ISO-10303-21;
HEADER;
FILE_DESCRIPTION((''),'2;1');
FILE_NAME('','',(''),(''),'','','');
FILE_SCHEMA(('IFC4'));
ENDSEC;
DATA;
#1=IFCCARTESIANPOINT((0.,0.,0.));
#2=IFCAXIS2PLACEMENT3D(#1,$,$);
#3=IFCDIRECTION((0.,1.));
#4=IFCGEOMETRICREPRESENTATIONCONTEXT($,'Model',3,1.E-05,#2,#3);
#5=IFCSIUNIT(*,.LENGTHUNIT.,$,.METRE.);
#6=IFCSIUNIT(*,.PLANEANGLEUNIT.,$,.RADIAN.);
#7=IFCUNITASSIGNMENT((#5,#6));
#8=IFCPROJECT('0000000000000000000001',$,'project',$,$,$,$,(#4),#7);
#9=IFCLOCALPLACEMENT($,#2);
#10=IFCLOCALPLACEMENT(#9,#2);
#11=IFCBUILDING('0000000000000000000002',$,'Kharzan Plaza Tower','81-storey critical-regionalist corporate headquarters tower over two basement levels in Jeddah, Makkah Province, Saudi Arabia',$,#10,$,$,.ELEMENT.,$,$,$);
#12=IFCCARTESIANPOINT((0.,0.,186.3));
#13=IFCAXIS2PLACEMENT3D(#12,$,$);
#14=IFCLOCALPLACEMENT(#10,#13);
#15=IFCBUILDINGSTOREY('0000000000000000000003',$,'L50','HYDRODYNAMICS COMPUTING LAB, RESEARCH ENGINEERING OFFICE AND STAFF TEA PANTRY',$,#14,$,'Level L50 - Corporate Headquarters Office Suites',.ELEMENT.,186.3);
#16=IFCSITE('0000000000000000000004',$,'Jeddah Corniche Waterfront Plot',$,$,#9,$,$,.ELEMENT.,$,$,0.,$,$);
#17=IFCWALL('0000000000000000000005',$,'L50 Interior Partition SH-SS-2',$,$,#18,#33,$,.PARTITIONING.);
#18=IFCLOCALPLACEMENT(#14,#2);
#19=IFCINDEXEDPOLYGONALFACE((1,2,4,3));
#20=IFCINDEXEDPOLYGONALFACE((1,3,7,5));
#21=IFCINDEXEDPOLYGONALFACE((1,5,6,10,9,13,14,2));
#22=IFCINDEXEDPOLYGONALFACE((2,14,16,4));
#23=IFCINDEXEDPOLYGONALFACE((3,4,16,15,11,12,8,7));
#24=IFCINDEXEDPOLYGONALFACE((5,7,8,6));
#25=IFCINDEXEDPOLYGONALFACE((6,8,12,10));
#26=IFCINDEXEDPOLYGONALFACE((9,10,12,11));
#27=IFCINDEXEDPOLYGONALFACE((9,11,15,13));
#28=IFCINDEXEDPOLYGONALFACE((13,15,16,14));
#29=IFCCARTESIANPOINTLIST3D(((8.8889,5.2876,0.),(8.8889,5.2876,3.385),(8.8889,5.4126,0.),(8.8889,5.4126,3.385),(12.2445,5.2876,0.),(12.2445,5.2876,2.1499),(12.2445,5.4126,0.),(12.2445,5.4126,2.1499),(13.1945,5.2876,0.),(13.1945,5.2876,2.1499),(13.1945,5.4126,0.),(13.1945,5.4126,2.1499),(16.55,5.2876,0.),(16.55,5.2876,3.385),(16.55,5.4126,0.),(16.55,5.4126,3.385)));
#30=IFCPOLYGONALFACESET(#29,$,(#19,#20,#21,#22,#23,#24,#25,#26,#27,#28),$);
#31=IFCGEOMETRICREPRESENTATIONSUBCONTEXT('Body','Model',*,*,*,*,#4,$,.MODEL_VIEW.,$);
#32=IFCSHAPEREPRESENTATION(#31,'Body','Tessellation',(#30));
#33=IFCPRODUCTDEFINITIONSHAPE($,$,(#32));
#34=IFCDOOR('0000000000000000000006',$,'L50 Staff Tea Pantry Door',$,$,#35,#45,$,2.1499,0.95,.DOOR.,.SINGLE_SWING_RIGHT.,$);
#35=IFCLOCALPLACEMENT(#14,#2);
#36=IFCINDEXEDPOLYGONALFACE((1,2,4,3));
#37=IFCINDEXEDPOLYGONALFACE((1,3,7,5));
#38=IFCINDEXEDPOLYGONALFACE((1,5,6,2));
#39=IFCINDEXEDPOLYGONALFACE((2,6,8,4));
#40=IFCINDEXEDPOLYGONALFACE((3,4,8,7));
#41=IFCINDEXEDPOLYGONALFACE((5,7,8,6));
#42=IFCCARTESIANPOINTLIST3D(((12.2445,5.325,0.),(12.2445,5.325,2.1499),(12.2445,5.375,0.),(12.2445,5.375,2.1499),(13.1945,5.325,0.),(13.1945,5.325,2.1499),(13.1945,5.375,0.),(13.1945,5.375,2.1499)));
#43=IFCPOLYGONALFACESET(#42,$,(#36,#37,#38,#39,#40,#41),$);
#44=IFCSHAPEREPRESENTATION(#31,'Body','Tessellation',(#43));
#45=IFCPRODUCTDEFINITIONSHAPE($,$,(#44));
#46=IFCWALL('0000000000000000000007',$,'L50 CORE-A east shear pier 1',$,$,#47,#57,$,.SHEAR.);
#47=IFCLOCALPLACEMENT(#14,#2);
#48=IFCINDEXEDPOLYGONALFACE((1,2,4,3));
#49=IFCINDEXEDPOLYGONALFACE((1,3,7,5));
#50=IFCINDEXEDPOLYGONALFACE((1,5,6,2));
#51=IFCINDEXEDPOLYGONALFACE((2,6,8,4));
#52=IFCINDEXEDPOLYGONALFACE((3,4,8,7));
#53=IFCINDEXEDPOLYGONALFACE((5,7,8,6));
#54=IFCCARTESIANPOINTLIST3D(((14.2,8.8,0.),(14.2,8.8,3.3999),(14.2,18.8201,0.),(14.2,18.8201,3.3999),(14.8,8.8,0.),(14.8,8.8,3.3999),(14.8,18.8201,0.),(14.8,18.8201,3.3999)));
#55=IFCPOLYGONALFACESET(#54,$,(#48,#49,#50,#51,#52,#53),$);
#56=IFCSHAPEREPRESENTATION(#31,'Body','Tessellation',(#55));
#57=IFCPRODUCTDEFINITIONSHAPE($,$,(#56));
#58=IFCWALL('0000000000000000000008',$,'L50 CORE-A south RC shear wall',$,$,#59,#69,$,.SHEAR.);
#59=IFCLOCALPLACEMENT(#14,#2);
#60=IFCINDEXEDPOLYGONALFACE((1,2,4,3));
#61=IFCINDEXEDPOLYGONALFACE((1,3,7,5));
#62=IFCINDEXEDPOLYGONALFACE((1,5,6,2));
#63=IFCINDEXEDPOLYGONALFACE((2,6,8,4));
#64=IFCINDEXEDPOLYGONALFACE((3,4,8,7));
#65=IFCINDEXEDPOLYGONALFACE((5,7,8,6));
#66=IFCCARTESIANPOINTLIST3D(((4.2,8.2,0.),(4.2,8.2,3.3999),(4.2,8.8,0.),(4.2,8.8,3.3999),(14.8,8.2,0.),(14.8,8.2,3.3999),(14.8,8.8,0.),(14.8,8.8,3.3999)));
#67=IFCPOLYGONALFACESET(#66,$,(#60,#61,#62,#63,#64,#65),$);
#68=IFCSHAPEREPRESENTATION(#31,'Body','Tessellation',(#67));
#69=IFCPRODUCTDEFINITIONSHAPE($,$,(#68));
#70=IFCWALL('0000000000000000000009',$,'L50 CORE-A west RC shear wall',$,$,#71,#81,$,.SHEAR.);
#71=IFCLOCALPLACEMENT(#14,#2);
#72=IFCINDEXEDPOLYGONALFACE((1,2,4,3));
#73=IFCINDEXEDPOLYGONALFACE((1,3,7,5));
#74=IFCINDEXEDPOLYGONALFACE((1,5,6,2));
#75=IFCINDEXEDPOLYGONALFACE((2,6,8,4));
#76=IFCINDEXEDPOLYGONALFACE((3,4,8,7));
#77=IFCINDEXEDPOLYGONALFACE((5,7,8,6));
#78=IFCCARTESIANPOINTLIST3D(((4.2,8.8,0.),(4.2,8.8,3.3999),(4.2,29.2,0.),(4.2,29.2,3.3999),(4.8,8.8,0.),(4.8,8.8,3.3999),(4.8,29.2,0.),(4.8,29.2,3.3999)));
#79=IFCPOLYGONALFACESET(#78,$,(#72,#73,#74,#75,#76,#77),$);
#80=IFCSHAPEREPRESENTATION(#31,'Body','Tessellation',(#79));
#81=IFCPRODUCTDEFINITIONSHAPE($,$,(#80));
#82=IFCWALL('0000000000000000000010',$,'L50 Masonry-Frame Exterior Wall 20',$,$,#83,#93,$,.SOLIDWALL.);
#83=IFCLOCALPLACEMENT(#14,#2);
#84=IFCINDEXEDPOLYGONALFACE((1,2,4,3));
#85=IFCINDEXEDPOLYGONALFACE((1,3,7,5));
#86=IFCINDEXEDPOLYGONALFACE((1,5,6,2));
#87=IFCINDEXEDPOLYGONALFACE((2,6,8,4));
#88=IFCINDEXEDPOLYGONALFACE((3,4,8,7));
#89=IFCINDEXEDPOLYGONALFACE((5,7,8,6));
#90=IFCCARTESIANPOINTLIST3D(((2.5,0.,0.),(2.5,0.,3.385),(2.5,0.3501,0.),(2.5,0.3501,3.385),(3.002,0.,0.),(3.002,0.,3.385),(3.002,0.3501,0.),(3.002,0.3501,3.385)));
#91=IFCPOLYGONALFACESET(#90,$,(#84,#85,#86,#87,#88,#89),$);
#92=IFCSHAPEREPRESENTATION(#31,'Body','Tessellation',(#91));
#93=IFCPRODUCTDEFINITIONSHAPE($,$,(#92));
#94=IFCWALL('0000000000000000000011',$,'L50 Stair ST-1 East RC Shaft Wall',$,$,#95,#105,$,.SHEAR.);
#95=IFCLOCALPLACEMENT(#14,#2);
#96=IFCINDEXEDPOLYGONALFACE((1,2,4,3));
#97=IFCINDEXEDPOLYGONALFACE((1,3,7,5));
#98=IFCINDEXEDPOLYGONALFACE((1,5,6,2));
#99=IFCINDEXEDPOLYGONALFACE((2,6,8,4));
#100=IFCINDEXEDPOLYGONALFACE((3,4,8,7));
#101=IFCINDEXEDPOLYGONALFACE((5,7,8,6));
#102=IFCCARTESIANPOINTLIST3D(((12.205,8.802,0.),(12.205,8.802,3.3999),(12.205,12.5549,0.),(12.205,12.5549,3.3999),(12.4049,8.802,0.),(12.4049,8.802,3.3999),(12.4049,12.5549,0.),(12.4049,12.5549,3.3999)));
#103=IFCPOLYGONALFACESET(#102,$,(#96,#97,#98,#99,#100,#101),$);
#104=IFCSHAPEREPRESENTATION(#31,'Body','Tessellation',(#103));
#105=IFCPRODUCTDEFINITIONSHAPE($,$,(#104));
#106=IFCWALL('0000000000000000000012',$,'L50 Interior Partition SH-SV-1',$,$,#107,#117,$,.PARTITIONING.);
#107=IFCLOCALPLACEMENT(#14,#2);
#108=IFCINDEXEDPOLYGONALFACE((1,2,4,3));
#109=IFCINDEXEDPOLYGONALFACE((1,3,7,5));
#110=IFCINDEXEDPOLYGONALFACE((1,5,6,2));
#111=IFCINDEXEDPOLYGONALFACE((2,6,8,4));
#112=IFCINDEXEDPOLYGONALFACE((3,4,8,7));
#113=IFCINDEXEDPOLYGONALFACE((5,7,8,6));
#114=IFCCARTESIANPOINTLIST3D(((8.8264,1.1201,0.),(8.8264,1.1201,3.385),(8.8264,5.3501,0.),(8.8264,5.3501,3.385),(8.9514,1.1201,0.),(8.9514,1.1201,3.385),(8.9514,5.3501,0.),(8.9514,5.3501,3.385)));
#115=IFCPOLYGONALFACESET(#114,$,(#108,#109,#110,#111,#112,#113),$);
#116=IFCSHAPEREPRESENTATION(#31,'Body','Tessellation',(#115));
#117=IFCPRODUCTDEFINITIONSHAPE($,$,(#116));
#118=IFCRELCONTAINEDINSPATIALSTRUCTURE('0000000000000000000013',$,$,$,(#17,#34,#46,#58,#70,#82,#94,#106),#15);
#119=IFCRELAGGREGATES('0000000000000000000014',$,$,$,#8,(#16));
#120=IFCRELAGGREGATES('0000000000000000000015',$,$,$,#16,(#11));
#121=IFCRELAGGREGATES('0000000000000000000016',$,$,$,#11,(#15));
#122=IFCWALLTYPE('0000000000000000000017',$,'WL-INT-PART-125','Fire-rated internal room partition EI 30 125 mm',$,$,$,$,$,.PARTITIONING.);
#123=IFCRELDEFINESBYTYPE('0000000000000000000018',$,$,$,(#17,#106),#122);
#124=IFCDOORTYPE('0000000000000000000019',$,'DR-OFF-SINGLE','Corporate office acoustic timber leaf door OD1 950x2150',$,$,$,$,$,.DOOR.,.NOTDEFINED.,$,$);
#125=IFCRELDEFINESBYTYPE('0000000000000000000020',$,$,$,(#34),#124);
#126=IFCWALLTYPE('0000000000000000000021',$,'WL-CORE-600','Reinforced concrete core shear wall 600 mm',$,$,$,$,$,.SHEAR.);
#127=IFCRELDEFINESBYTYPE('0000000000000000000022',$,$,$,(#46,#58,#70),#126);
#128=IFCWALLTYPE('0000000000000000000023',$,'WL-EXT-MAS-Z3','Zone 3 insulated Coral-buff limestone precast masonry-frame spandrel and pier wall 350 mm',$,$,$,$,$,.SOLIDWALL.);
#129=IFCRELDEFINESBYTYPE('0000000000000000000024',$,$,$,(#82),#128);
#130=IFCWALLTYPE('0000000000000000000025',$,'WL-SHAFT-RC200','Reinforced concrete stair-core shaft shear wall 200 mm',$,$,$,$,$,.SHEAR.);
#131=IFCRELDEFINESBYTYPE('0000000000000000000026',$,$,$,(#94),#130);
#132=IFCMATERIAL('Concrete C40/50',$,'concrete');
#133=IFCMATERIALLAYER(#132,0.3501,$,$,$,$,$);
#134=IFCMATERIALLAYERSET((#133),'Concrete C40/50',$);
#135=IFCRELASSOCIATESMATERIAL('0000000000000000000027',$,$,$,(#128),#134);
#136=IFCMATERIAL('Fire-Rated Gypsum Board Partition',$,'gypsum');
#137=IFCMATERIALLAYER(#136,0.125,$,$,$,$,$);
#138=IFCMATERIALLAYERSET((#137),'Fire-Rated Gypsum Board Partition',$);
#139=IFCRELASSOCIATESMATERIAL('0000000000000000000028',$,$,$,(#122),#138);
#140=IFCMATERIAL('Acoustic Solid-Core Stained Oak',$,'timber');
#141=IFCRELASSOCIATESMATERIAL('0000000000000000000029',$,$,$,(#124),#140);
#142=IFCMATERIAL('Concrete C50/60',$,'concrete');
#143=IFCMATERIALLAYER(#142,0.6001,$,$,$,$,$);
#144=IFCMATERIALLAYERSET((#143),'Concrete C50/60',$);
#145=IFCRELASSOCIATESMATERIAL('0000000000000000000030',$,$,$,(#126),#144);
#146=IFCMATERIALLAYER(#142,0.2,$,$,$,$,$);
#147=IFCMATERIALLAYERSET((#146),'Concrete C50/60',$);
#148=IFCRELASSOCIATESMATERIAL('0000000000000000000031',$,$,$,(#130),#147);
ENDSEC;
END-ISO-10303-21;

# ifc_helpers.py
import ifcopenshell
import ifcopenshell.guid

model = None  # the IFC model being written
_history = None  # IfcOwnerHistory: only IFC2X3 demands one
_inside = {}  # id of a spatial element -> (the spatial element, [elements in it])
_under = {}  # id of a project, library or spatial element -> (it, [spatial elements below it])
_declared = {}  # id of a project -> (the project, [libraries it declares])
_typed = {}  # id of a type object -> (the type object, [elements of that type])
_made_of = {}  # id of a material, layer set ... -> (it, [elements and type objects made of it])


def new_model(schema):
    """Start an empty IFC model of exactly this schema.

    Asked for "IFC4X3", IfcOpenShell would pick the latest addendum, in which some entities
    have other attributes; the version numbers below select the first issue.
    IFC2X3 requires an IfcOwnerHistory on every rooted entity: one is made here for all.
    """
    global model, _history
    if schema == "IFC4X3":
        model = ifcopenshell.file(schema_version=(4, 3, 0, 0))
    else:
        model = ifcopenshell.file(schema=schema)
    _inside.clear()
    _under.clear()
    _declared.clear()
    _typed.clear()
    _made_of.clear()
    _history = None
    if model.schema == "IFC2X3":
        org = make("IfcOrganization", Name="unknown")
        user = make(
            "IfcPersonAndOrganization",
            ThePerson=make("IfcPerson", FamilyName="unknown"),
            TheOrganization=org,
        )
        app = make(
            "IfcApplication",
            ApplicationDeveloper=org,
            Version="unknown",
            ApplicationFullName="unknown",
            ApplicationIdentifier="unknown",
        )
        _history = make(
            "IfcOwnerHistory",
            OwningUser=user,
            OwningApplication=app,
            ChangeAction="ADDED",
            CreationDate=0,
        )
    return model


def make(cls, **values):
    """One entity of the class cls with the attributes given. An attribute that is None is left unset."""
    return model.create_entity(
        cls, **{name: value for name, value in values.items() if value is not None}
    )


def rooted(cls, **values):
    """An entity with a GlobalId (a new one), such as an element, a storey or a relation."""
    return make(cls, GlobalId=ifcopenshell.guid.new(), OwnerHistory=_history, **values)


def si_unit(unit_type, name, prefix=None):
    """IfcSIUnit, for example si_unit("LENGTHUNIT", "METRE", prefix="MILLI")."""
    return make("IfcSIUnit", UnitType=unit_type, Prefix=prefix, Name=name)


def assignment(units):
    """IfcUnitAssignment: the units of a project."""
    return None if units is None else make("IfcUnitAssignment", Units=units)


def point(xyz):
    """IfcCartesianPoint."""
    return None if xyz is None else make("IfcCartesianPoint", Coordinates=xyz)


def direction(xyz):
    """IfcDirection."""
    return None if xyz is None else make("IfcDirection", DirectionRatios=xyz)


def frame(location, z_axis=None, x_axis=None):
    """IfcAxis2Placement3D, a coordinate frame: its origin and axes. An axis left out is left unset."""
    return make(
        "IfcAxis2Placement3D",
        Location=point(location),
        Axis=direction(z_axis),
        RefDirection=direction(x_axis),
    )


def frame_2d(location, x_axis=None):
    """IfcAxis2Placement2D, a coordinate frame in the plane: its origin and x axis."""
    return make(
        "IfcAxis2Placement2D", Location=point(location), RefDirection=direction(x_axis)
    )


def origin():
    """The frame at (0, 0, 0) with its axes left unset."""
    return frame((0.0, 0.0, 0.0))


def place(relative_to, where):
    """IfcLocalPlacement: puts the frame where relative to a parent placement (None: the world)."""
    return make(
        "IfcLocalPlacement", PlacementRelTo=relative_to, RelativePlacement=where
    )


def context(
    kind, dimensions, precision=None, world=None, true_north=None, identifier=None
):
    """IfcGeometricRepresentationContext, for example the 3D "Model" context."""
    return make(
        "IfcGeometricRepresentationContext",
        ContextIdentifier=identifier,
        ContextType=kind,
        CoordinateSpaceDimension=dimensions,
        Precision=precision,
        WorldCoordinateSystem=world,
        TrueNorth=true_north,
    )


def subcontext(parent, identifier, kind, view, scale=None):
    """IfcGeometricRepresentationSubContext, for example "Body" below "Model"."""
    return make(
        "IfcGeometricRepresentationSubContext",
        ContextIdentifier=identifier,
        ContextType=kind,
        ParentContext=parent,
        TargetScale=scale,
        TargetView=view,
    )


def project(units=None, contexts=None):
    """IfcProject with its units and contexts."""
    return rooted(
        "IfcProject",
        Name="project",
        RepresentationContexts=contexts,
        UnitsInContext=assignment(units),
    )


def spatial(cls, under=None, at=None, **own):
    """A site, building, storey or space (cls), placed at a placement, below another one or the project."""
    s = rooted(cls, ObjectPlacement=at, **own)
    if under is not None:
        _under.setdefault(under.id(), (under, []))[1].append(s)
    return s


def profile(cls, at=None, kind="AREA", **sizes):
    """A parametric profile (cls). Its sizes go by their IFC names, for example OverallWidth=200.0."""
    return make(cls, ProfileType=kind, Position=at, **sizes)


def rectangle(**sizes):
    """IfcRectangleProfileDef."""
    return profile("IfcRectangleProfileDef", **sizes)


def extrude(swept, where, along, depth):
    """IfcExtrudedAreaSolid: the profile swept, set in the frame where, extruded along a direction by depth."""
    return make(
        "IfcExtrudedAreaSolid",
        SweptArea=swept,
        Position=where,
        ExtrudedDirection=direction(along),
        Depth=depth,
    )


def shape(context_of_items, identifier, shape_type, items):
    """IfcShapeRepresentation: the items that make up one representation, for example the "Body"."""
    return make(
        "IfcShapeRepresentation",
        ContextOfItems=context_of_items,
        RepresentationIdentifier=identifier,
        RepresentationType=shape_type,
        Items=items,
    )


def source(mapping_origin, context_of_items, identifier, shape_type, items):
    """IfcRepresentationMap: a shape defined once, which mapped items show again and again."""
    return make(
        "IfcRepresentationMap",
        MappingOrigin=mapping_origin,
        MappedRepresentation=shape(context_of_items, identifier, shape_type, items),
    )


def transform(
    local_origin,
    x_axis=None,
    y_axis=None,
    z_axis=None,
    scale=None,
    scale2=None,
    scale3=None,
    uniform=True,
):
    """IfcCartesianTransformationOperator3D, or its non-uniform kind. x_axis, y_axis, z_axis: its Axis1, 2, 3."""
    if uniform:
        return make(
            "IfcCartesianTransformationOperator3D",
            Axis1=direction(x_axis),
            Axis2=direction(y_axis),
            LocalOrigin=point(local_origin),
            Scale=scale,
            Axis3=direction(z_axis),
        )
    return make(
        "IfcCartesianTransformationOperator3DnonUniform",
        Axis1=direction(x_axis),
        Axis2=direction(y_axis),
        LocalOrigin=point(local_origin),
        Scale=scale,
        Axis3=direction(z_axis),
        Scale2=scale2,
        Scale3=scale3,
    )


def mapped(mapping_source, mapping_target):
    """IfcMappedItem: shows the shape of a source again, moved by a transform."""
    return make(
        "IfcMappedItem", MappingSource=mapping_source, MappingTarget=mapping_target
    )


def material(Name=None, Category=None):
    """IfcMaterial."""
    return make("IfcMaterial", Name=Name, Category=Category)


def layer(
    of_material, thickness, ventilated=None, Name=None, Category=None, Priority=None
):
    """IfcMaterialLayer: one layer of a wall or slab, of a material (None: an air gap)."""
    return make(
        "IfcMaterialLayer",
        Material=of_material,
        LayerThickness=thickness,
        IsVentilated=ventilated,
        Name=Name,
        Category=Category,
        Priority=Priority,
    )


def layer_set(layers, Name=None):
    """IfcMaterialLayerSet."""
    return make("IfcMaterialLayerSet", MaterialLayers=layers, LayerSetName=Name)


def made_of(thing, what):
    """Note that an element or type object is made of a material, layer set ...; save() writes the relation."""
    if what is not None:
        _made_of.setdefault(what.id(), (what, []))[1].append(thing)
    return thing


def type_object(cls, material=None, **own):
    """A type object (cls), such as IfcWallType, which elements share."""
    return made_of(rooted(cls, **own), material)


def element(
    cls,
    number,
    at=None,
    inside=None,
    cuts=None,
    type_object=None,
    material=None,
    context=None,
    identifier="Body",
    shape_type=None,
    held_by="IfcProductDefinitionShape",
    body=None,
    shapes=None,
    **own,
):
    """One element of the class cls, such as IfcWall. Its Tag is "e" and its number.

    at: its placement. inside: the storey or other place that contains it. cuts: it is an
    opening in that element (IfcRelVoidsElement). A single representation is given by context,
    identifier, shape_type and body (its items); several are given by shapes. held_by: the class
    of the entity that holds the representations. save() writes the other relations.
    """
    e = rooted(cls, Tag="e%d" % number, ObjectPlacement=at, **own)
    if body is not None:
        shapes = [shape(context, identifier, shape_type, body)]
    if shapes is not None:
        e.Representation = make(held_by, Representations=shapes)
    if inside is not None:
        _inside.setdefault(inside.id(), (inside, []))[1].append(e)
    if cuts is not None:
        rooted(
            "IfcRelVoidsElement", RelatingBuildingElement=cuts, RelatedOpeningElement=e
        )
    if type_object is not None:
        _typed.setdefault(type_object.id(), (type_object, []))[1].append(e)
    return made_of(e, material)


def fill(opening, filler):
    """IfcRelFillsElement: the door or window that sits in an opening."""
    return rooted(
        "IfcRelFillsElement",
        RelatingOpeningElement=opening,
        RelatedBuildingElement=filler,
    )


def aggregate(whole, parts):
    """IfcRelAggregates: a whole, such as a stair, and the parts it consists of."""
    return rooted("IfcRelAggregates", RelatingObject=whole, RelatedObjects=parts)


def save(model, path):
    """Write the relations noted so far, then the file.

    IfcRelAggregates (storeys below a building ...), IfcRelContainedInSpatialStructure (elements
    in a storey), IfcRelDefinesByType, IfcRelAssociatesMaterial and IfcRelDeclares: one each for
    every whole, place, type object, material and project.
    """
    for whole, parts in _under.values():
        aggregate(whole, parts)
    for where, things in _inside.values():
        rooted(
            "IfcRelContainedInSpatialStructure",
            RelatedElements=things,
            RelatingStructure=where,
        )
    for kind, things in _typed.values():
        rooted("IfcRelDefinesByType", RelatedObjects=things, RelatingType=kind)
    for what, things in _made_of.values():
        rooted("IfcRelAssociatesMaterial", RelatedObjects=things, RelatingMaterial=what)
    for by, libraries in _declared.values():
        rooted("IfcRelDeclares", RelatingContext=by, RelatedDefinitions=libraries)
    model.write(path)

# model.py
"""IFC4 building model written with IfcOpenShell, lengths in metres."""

from ifc_helpers import new_model, si_unit, direction, frame, frame_2d, origin, place, context, subcontext, project, spatial, rectangle, extrude, source, transform, mapped, material, layer, layer_set, type_object, element, fill, save


model = new_model("IFC4")

# Units and contexts
model_context = context("Model", 3, precision=1e-05, world=origin(), true_north=direction((0.0, 1.0)))
body_context = subcontext(model_context, "Body", "Model", "MODEL_VIEW")
ifc_project = project(units=[si_unit("LENGTHUNIT", "METRE"), si_unit("PLANEANGLEUNIT", "RADIAN")], contexts=[model_context])

# Site, building, storey
site_placement = place(None, origin())
site = spatial("IfcSite", under=ifc_project, at=site_placement, Name="Jeddah Corniche Waterfront Plot", CompositionType="ELEMENT", RefElevation=0.0)
building_placement = place(site_placement, origin())
building = spatial("IfcBuilding", under=site, at=building_placement, Name="Kharzan Plaza Tower", Description="81-storey critical-regionalist corporate headquarters tower over two basement levels in Jeddah, Makkah Province, Saudi Arabia", CompositionType="ELEMENT")
storey_placement = place(building_placement, frame((0.0, 0.0, 186.3)))
storey = spatial("IfcBuildingStorey", under=building, at=storey_placement, Name="L50", Description="HYDRODYNAMICS COMPUTING LAB, RESEARCH ENGINEERING OFFICE AND STAFF TEA PANTRY", LongName="Level L50 - Corporate Headquarters Office Suites", CompositionType="ELEMENT", Elevation=186.3)

# Shared definitions
ifc_material_1 = material(Name="Concrete C50/60", Category="concrete")

# Shared definitions
ifc_material_2 = material(Name="Concrete C40/50", Category="concrete")
ifc_layer_1 = layer(ifc_material_2, 0.3501)
ifc_layer_set_1 = layer_set([ifc_layer_1], Name="Concrete C40/50")
wall_type_1 = type_object("IfcWallType", Name="WL-EXT-MAS-Z3", Description="Zone 3 insulated Coral-buff limestone precast masonry-frame spandrel and pier wall 350 mm", PredefinedType="SOLIDWALL", material=ifc_layer_set_1)

# Wall, opening, door
ifc_material_3 = material(Name="Fire-Rated Gypsum Board Partition", Category="gypsum")
ifc_layer_2 = layer(ifc_material_3, 0.125)
ifc_layer_set_2 = layer_set([ifc_layer_2], Name="Fire-Rated Gypsum Board Partition")
wall_type_2 = type_object("IfcWallType", Name="WL-INT-PART-125", Description="Fire-rated internal room partition EI 30 125 mm", PredefinedType="PARTITIONING", material=ifc_layer_set_2)
ifc_material_4 = material(Name="Acoustic Solid-Core Stained Oak", Category="timber")
door_type = type_object("IfcDoorType", Name="DR-OFF-SINGLE", Description="Corporate office acoustic timber leaf door OD1 950x2150", OperationType="NOTDEFINED", PredefinedType="DOOR", material=ifc_material_4)
shared_shape_1 = source(origin(), body_context, "Body", "SweptSolid", [
    extrude(rectangle(XDim=0.95, YDim=2.1499, at=frame_2d((0.4751, 1.075))), frame((0.0, 0.0249, 0.0), z_axis=(0.0, -1.0, 0.0), x_axis=(1.0, 0.0, 0.0)), (0.0, 0.0, 1.0), 0.05),
])
wall_1_placement = place(storey_placement, frame((8.8889, 5.3501, 0.0), z_axis=(0.0, 0.0, 1.0), x_axis=(1.0, 0.0, 0.0)))
wall_1 = element("IfcWall", 1, at=wall_1_placement, inside=storey, type_object=wall_type_2, Name="L50 Interior Partition SH-SS-2", PredefinedType="PARTITIONING", context=body_context, shape_type="SweptSolid", body=[
    extrude(rectangle(XDim=7.6611, YDim=0.125, at=frame_2d((3.8306, 0.0))), origin(), (0.0, 0.0, 1.0), 3.385),
])
opening_1_placement = place(wall_1_placement, frame((3.3555, 0.0, 0.0)))
opening_1 = element("IfcOpeningElement", 2, at=opening_1_placement, cuts=wall_1, PredefinedType="OPENING", context=body_context, shape_type="SweptSolid", body=[
    extrude(rectangle(XDim=0.95, YDim=2.1499, at=frame_2d((0.4751, 1.075))), frame((0.0, 0.0725, 0.0), z_axis=(0.0, -1.0, 0.0), x_axis=(1.0, 0.0, 0.0)), (0.0, 0.0, 1.0), 0.145),
])
door_1_placement = place(opening_1_placement, origin())
door_1 = element("IfcDoor", 3, at=door_1_placement, inside=storey, type_object=door_type, Name="L50 Staff Tea Pantry Door", OperationType="SINGLE_SWING_RIGHT", OverallHeight=2.1499, OverallWidth=0.95, PredefinedType="DOOR", context=body_context, shape_type="MappedRepresentation", body=[
    mapped(shared_shape_1, transform((0.0, 0.0, 0.0), x_axis=(1.0, 0.0, 0.0), y_axis=(0.0, 1.0, 0.0), z_axis=(0.0, 0.0, 1.0))),
])
fill(opening_1, door_1)

# Walls
ifc_layer_3 = layer(ifc_material_1, 0.6001)
ifc_layer_set_3 = layer_set([ifc_layer_3], Name="Concrete C50/60")
wall_type_3 = type_object("IfcWallType", Name="WL-CORE-600", Description="Reinforced concrete core shear wall 600 mm", PredefinedType="SHEAR", material=ifc_layer_set_3)
shared_shape_2 = source(origin(), body_context, "Body", "SweptSolid", [
    extrude(rectangle(XDim=10.02, YDim=0.6001, at=frame_2d((5.01, 0.0))), origin(), (0.0, 0.0, 1.0), 3.3999),
])
wall_2_placement = place(storey_placement, frame((14.5, 8.8, 0.0), z_axis=(0.0, 0.0, 1.0), x_axis=(0.0, 1.0, 0.0)))
element("IfcWall", 4, at=wall_2_placement, inside=storey, type_object=wall_type_3, Name="L50 CORE-A east shear pier 1", PredefinedType="SHEAR", context=body_context, shape_type="MappedRepresentation", body=[
    mapped(shared_shape_2, transform((0.0, 0.0, 0.0), x_axis=(1.0, 0.0, 0.0), y_axis=(0.0, 1.0, 0.0), z_axis=(0.0, 0.0, 1.0))),
])
shared_shape_3 = source(origin(), body_context, "Body", "SweptSolid", [
    extrude(rectangle(XDim=10.6001, YDim=0.6001, at=frame_2d((5.3, 0.0))), origin(), (0.0, 0.0, 1.0), 3.3999),
])
wall_3_placement = place(storey_placement, frame((4.2, 8.5, 0.0), z_axis=(0.0, 0.0, 1.0), x_axis=(1.0, 0.0, 0.0)))
element("IfcWall", 5, at=wall_3_placement, inside=storey, type_object=wall_type_3, Name="L50 CORE-A south RC shear wall", PredefinedType="SHEAR", context=body_context, shape_type="MappedRepresentation", body=[
    mapped(shared_shape_3, transform((0.0, 0.0, 0.0), x_axis=(1.0, 0.0, 0.0), y_axis=(0.0, 1.0, 0.0), z_axis=(0.0, 0.0, 1.0))),
])
shared_shape_4 = source(origin(), body_context, "Body", "SweptSolid", [
    extrude(rectangle(XDim=20.3999, YDim=0.6001, at=frame_2d((10.2, 0.0))), origin(), (0.0, 0.0, 1.0), 3.3999),
])
wall_4_placement = place(storey_placement, frame((4.5, 8.8, 0.0), z_axis=(0.0, 0.0, 1.0), x_axis=(0.0, 1.0, 0.0)))
element("IfcWall", 6, at=wall_4_placement, inside=storey, type_object=wall_type_3, Name="L50 CORE-A west RC shear wall", PredefinedType="SHEAR", context=body_context, shape_type="MappedRepresentation", body=[
    mapped(shared_shape_4, transform((0.0, 0.0, 0.0), x_axis=(1.0, 0.0, 0.0), y_axis=(0.0, 1.0, 0.0), z_axis=(0.0, 0.0, 1.0))),
])
shared_shape_5 = source(origin(), body_context, "Body", "SweptSolid", [
    extrude(rectangle(XDim=0.502, YDim=0.3501, at=frame_2d((0.251, 0.0))), origin(), (0.0, 0.0, 1.0), 3.385),
])
wall_5_placement = place(storey_placement, frame((2.5, 0.175, 0.0), z_axis=(0.0, 0.0, 1.0), x_axis=(1.0, 0.0, 0.0)))
element("IfcWall", 7, at=wall_5_placement, inside=storey, type_object=wall_type_1, Name="L50 Masonry-Frame Exterior Wall 20", PredefinedType="SOLIDWALL", context=body_context, shape_type="MappedRepresentation", body=[
    mapped(shared_shape_5, transform((0.0, 0.0, 0.0), x_axis=(1.0, 0.0, 0.0), y_axis=(0.0, 1.0, 0.0), z_axis=(0.0, 0.0, 1.0))),
])
ifc_layer_4 = layer(ifc_material_1, 0.2)
ifc_layer_set_4 = layer_set([ifc_layer_4], Name="Concrete C50/60")
wall_type_4 = type_object("IfcWallType", Name="WL-SHAFT-RC200", Description="Reinforced concrete stair-core shaft shear wall 200 mm", PredefinedType="SHEAR", material=ifc_layer_set_4)
shared_shape_6 = source(origin(), body_context, "Body", "SweptSolid", [
    extrude(rectangle(XDim=3.7529, YDim=0.2, at=frame_2d((1.8765, 0.0))), origin(), (0.0, 0.0, 1.0), 3.3999),
])
wall_6_placement = place(storey_placement, frame((12.3049, 8.802, 0.0), z_axis=(0.0, 0.0, 1.0), x_axis=(0.0, 1.0, 0.0)))
element("IfcWall", 8, at=wall_6_placement, inside=storey, type_object=wall_type_4, Name="L50 Stair ST-1 East RC Shaft Wall", PredefinedType="SHEAR", context=body_context, shape_type="MappedRepresentation", body=[
    mapped(shared_shape_6, transform((0.0, 0.0, 0.0), x_axis=(1.0, 0.0, 0.0), y_axis=(0.0, 1.0, 0.0), z_axis=(0.0, 0.0, 1.0))),
])
shared_shape_7 = source(origin(), body_context, "Body", "SweptSolid", [
    extrude(rectangle(XDim=4.23, YDim=0.125, at=frame_2d((2.115, 0.0))), origin(), (0.0, 0.0, 1.0), 3.385),
])
wall_7_placement = place(storey_placement, frame((8.8889, 1.1201, 0.0), z_axis=(0.0, 0.0, 1.0), x_axis=(0.0, 1.0, 0.0)))
element("IfcWall", 9, at=wall_7_placement, inside=storey, type_object=wall_type_2, Name="L50 Interior Partition SH-SV-1", PredefinedType="PARTITIONING", context=body_context, shape_type="MappedRepresentation", body=[
    mapped(shared_shape_7, transform((0.0, 0.0, 0.0), x_axis=(1.0, 0.0, 0.0), y_axis=(0.0, 1.0, 0.0), z_axis=(0.0, 0.0, 1.0))),
])

save(model, "model.ifc")
